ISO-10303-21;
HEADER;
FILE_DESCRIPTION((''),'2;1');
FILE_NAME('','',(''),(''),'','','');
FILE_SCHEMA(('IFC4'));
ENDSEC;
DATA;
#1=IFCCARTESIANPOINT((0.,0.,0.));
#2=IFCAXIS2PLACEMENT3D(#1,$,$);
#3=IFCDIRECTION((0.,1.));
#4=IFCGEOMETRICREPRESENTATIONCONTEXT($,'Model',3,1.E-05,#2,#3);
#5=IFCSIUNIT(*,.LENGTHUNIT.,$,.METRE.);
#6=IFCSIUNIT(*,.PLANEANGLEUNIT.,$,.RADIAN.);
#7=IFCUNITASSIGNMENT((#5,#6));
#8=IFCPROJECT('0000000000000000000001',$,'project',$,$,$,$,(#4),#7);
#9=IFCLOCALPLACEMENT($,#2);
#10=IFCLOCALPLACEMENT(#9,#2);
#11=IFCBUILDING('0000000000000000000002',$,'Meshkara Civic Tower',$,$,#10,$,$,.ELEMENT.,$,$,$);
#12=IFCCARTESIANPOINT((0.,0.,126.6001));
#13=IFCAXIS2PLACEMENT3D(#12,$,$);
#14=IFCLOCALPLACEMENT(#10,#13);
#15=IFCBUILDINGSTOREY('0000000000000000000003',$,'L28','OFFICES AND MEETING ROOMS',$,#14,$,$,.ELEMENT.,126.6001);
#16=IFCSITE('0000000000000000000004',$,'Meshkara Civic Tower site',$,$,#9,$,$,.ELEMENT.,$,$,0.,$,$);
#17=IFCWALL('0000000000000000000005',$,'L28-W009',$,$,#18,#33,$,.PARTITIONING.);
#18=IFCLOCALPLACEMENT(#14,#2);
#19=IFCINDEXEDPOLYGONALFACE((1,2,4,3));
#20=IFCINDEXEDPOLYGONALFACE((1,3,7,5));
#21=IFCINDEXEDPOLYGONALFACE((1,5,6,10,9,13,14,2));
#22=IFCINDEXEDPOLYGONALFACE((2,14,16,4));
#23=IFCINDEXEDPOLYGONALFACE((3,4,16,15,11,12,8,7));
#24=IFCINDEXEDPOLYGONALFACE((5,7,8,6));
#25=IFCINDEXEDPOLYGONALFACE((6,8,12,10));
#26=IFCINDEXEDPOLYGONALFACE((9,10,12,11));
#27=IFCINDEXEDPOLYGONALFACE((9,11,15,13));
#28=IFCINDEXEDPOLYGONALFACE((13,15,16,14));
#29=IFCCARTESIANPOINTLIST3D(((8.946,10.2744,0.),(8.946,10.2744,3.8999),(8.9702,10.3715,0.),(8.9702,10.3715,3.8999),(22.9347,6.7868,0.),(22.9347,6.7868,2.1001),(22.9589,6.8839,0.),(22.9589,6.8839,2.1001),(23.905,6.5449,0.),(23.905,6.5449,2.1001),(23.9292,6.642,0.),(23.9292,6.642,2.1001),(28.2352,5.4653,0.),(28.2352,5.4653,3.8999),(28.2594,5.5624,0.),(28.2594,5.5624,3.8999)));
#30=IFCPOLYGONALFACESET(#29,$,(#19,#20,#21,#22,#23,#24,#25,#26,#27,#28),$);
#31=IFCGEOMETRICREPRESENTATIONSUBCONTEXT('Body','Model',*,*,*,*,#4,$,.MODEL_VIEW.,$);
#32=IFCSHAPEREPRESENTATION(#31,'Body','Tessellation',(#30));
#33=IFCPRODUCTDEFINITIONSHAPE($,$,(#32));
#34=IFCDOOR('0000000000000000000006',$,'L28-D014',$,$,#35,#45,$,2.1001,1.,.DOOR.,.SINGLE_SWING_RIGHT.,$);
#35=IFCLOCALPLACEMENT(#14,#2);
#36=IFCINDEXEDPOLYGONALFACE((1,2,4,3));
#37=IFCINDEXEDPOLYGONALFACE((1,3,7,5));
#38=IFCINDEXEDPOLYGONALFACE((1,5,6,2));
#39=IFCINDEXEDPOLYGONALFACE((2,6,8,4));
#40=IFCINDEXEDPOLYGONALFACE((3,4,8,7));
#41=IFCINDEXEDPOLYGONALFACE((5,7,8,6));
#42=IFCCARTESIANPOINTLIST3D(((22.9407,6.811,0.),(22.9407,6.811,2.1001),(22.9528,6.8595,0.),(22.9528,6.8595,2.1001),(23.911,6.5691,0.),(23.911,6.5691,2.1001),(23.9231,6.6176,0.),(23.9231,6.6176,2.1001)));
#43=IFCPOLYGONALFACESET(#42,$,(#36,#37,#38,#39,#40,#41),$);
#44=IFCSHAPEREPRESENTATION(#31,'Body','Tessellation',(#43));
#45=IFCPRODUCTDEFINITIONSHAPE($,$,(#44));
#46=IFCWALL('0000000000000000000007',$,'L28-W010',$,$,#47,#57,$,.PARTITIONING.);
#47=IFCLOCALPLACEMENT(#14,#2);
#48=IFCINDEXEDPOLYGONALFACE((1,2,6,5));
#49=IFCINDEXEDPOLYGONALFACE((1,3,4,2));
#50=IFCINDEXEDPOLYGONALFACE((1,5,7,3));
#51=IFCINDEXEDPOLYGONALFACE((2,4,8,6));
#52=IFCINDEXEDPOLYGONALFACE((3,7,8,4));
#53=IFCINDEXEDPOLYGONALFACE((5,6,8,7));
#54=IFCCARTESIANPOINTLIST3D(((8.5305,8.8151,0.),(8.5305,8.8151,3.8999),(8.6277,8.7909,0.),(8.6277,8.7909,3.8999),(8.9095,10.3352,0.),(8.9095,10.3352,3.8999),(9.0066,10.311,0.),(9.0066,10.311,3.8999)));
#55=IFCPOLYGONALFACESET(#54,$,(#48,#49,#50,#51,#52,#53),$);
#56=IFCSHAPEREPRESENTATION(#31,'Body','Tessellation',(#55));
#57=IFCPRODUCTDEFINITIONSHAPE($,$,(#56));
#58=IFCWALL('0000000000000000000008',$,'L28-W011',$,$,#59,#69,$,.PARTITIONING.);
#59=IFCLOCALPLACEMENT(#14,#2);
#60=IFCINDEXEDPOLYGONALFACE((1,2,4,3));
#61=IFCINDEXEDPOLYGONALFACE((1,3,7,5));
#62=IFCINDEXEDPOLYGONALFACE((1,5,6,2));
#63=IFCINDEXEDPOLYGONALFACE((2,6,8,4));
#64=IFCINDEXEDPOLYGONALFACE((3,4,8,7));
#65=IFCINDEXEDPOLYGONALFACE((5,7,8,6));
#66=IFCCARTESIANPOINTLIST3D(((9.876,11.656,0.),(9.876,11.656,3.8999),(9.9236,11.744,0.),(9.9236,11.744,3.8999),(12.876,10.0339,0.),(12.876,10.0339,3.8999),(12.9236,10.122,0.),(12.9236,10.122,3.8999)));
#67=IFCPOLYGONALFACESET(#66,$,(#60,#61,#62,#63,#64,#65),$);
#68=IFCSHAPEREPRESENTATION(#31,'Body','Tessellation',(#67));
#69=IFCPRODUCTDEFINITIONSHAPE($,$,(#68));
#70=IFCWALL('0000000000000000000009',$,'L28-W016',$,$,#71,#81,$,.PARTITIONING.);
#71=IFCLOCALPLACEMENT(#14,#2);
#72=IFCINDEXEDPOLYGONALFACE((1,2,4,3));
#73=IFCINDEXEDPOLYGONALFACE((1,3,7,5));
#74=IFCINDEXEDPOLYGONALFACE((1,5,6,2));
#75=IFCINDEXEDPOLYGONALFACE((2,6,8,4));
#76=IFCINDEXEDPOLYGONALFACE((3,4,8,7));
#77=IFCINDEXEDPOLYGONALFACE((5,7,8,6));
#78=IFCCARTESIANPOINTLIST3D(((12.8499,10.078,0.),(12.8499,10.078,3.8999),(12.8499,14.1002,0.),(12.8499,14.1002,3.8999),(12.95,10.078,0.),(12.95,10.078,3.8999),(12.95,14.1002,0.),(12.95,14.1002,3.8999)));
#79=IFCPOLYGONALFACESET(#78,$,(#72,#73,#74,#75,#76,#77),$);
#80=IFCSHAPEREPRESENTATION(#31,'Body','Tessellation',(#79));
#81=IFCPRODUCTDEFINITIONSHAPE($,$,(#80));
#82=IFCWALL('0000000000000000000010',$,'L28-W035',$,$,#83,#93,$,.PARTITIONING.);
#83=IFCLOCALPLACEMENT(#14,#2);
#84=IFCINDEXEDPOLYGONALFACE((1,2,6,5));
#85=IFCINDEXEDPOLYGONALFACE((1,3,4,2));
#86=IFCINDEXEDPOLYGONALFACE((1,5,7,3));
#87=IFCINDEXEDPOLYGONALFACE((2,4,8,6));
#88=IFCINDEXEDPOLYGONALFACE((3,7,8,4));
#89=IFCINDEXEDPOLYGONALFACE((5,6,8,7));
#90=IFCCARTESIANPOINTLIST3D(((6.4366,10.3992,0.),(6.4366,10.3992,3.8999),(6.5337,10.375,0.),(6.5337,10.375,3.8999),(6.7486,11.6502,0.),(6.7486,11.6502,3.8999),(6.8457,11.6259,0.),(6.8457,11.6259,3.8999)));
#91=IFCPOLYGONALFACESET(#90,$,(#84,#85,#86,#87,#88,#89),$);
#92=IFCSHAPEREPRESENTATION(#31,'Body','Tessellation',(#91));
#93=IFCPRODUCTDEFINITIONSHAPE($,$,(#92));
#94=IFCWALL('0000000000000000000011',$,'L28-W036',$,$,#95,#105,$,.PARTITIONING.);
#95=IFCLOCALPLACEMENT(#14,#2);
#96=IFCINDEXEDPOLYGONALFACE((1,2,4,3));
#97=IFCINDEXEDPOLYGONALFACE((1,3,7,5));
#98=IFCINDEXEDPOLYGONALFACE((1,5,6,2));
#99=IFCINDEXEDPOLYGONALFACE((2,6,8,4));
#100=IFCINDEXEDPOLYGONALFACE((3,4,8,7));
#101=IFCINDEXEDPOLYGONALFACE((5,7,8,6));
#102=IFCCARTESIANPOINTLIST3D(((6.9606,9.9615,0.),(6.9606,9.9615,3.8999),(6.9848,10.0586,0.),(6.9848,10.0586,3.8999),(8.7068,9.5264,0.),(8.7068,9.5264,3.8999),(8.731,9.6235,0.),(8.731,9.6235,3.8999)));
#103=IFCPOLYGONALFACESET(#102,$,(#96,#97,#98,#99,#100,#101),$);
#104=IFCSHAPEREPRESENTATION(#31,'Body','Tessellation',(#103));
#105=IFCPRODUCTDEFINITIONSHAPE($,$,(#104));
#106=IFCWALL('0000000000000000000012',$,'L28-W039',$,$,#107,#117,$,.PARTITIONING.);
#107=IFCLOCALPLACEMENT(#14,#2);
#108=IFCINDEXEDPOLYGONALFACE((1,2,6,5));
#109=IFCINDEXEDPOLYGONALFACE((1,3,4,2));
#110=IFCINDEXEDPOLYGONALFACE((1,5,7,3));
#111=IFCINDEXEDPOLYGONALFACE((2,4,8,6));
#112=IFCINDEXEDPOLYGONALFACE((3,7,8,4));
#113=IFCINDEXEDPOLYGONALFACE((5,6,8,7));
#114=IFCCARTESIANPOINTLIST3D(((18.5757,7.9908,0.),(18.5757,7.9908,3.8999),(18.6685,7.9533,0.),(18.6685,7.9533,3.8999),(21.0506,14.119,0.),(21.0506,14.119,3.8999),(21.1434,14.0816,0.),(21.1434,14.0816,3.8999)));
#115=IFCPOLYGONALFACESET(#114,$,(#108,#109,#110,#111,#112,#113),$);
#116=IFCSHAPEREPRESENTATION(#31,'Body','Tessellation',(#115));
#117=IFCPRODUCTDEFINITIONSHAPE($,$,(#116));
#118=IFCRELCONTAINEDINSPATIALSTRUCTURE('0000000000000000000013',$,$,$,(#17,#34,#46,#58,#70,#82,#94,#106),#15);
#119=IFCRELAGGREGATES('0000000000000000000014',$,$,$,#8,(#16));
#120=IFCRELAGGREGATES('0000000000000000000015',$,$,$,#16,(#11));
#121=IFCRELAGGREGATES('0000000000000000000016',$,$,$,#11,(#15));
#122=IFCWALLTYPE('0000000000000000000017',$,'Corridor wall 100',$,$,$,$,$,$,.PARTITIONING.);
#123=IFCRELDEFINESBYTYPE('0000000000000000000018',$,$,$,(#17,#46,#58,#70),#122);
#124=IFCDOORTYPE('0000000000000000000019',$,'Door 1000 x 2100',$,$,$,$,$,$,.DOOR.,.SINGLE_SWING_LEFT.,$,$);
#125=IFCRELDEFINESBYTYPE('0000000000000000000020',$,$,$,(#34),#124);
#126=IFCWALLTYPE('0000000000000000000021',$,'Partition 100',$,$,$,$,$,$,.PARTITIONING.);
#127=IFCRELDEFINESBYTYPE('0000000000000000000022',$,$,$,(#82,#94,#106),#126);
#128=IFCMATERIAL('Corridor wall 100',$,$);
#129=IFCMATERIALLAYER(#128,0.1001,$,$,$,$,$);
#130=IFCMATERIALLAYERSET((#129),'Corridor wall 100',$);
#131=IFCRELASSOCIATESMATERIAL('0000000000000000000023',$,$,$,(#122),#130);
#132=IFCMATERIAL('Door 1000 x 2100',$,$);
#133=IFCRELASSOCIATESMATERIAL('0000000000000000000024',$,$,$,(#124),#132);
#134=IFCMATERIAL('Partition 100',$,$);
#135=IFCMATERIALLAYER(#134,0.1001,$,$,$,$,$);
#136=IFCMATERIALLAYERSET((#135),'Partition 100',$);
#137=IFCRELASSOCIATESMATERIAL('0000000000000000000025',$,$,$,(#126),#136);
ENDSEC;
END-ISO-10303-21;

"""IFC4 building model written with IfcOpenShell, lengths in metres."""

from ifc_helpers import new_model, si_unit, direction, frame, frame_2d, origin, place, context, subcontext, project, spatial, rectangle, extrude, material, layer, layer_set, type_object, element, fill, save


model = new_model("IFC4")

# Units and contexts
model_context = context("Model", 3, precision=1e-05, world=origin(), true_north=direction((0.0, 1.0)))
body_context = subcontext(model_context, "Body", "Model", "MODEL_VIEW")
ifc_project = project(units=[si_unit("LENGTHUNIT", "METRE"), si_unit("PLANEANGLEUNIT", "RADIAN")], contexts=[model_context])

# Site, building, storey
site_placement = place(None, origin())
site = spatial("IfcSite", under=ifc_project, at=site_placement, Name="Meshkara Civic Tower site", CompositionType="ELEMENT", RefElevation=0.0)
building_placement = place(site_placement, origin())
building = spatial("IfcBuilding", under=site, at=building_placement, Name="Meshkara Civic Tower", CompositionType="ELEMENT")
storey_placement = place(building_placement, frame((0.0, 0.0, 126.6001)))
storey = spatial("IfcBuildingStorey", under=building, at=storey_placement, Name="L28", Description="OFFICES AND MEETING ROOMS", CompositionType="ELEMENT", Elevation=126.6001)

# Shared definitions
ifc_material_1 = material(Name="Corridor wall 100")
ifc_layer_1 = layer(ifc_material_1, 0.1001)
ifc_layer_set_1 = layer_set([ifc_layer_1], Name="Corridor wall 100")
wall_type_1 = type_object("IfcWallType", Name="Corridor wall 100", PredefinedType="PARTITIONING", material=ifc_layer_set_1)
ifc_material_2 = material(Name="Door 1000 x 2100")
door_type_1 = type_object("IfcDoorType", Name="Door 1000 x 2100", OperationType="SINGLE_SWING_LEFT", PredefinedType="DOOR", material=ifc_material_2)

# Wall, opening, door
wall_1_placement = place(storey_placement, frame((8.958, 10.323, 0.0), z_axis=(0.0, 0.0, 1.0), x_axis=(0.970298, -0.241911, 0.0)))
wall_1 = element("IfcWall", 1, at=wall_1_placement, inside=storey, type_object=wall_type_1, Name="L28-W009", PredefinedType="PARTITIONING", context=body_context, shape_type="SweptSolid", body=[
    extrude(rectangle(XDim=19.8796, YDim=0.1001, at=frame_2d((9.9399, 0.0))), origin(), (0.0, 0.0, 1.0), 3.8999),
])
opening_1_placement = place(wall_1_placement, frame((14.417, 0.0, 0.0)))
opening_1 = element("IfcOpeningElement", 2, at=opening_1_placement, cuts=wall_1, PredefinedType="OPENING", context=body_context, shape_type="SweptSolid", body=[
    extrude(rectangle(XDim=1.0, YDim=2.1001, at=frame_2d((0.5, 1.05))), frame((0.0, 0.0601, 0.0), z_axis=(0.0, -1.0, 0.0), x_axis=(1.0, 0.0, 0.0)), (0.0, 0.0, 1.0), 0.1201),
])
door_1_placement = place(opening_1_placement, origin())
door_1 = element("IfcDoor", 3, at=door_1_placement, inside=storey, type_object=door_type_1, Name="L28-D014", OperationType="SINGLE_SWING_RIGHT", OverallHeight=2.1001, OverallWidth=1.0, PredefinedType="DOOR", context=body_context, shape_type="SweptSolid", body=[
    extrude(rectangle(XDim=1.0, YDim=2.1001, at=frame_2d((0.5, 1.05))), frame((0.0, 0.0249, 0.0), z_axis=(0.0, -1.0, 0.0), x_axis=(1.0, 0.0, 0.0)), (0.0, 0.0, 1.0), 0.05),
])
fill(opening_1, door_1)

# Walls
wall_2_placement = place(storey_placement, frame((8.958, 10.323, 0.0), z_axis=(0.0, 0.0, 1.0), x_axis=(-0.241876, -0.970307, 0.0)))
element("IfcWall", 4, at=wall_2_placement, inside=storey, type_object=wall_type_1, Name="L28-W010", PredefinedType="PARTITIONING", context=body_context, shape_type="SweptSolid", body=[
    extrude(rectangle(XDim=1.5667, YDim=0.1001, at=frame_2d((0.7832, 0.0))), origin(), (0.0, 0.0, 1.0), 3.8999),
])
wall_3_placement = place(storey_placement, frame((9.8999, 11.7, 0.0), z_axis=(0.0, 0.0, 1.0), x_axis=(0.879651, -0.475619, 0.0)))
element("IfcWall", 5, at=wall_3_placement, inside=storey, type_object=wall_type_1, Name="L28-W011", PredefinedType="PARTITIONING", context=body_context, shape_type="SweptSolid", body=[
    extrude(rectangle(XDim=3.4104, YDim=0.1001, at=frame_2d((1.7051, 0.0))), origin(), (0.0, 0.0, 1.0), 3.8999),
])
wall_4_placement = place(storey_placement, frame((12.8999, 10.0779, 0.0), z_axis=(0.0, 0.0, 1.0), x_axis=(0.0, 1.0, 0.0)))
element("IfcWall", 6, at=wall_4_placement, inside=storey, type_object=wall_type_1, Name="L28-W016", PredefinedType="PARTITIONING", context=body_context, shape_type="SweptSolid", body=[
    extrude(rectangle(XDim=4.0222, YDim=0.1001, at=frame_2d((2.0112, 0.0))), origin(), (0.0, 0.0, 1.0), 3.8999),
])
ifc_material_3 = material(Name="Partition 100")
ifc_layer_2 = layer(ifc_material_3, 0.1001)
ifc_layer_set_2 = layer_set([ifc_layer_2], Name="Partition 100")
wall_type_2 = type_object("IfcWallType", Name="Partition 100", PredefinedType="PARTITIONING", material=ifc_layer_set_2)
wall_5_placement = place(storey_placement, frame((6.7971, 11.6379, 0.0), z_axis=(0.0, 0.0, 1.0), x_axis=(-0.242001, -0.970276, 0.0)))
element("IfcWall", 7, at=wall_5_placement, inside=storey, type_object=wall_type_2, Name="L28-W035", PredefinedType="PARTITIONING", context=body_context, shape_type="SweptSolid", body=[
    extrude(rectangle(XDim=1.2893, YDim=0.1001, at=frame_2d((0.6445, 0.0))), origin(), (0.0, 0.0, 1.0), 3.8999),
])
wall_6_placement = place(storey_placement, frame((8.719, 9.575, 0.0), z_axis=(0.0, 0.0, 1.0), x_axis=(-0.970334, 0.241769, 0.0)))
element("IfcWall", 8, at=wall_6_placement, inside=storey, type_object=wall_type_2, Name="L28-W036", PredefinedType="PARTITIONING", context=body_context, shape_type="SweptSolid", body=[
    extrude(rectangle(XDim=1.7996, YDim=0.1001, at=frame_2d((0.8999, 0.0))), origin(), (0.0, 0.0, 1.0), 3.8999),
])
wall_7_placement = place(storey_placement, frame((18.6221, 7.9719, 0.0), z_axis=(0.0, 0.0, 1.0), x_axis=(0.374465, 0.927241, 0.0)))
element("IfcWall", 9, at=wall_7_placement, inside=storey, type_object=wall_type_2, Name="L28-W039", PredefinedType="PARTITIONING", context=body_context, shape_type="SweptSolid", body=[
    extrude(rectangle(XDim=6.6091, YDim=0.1001, at=frame_2d((3.3047, 0.0))), origin(), (0.0, 0.0, 1.0), 3.8999),
])

save(model, "model.ifc")
